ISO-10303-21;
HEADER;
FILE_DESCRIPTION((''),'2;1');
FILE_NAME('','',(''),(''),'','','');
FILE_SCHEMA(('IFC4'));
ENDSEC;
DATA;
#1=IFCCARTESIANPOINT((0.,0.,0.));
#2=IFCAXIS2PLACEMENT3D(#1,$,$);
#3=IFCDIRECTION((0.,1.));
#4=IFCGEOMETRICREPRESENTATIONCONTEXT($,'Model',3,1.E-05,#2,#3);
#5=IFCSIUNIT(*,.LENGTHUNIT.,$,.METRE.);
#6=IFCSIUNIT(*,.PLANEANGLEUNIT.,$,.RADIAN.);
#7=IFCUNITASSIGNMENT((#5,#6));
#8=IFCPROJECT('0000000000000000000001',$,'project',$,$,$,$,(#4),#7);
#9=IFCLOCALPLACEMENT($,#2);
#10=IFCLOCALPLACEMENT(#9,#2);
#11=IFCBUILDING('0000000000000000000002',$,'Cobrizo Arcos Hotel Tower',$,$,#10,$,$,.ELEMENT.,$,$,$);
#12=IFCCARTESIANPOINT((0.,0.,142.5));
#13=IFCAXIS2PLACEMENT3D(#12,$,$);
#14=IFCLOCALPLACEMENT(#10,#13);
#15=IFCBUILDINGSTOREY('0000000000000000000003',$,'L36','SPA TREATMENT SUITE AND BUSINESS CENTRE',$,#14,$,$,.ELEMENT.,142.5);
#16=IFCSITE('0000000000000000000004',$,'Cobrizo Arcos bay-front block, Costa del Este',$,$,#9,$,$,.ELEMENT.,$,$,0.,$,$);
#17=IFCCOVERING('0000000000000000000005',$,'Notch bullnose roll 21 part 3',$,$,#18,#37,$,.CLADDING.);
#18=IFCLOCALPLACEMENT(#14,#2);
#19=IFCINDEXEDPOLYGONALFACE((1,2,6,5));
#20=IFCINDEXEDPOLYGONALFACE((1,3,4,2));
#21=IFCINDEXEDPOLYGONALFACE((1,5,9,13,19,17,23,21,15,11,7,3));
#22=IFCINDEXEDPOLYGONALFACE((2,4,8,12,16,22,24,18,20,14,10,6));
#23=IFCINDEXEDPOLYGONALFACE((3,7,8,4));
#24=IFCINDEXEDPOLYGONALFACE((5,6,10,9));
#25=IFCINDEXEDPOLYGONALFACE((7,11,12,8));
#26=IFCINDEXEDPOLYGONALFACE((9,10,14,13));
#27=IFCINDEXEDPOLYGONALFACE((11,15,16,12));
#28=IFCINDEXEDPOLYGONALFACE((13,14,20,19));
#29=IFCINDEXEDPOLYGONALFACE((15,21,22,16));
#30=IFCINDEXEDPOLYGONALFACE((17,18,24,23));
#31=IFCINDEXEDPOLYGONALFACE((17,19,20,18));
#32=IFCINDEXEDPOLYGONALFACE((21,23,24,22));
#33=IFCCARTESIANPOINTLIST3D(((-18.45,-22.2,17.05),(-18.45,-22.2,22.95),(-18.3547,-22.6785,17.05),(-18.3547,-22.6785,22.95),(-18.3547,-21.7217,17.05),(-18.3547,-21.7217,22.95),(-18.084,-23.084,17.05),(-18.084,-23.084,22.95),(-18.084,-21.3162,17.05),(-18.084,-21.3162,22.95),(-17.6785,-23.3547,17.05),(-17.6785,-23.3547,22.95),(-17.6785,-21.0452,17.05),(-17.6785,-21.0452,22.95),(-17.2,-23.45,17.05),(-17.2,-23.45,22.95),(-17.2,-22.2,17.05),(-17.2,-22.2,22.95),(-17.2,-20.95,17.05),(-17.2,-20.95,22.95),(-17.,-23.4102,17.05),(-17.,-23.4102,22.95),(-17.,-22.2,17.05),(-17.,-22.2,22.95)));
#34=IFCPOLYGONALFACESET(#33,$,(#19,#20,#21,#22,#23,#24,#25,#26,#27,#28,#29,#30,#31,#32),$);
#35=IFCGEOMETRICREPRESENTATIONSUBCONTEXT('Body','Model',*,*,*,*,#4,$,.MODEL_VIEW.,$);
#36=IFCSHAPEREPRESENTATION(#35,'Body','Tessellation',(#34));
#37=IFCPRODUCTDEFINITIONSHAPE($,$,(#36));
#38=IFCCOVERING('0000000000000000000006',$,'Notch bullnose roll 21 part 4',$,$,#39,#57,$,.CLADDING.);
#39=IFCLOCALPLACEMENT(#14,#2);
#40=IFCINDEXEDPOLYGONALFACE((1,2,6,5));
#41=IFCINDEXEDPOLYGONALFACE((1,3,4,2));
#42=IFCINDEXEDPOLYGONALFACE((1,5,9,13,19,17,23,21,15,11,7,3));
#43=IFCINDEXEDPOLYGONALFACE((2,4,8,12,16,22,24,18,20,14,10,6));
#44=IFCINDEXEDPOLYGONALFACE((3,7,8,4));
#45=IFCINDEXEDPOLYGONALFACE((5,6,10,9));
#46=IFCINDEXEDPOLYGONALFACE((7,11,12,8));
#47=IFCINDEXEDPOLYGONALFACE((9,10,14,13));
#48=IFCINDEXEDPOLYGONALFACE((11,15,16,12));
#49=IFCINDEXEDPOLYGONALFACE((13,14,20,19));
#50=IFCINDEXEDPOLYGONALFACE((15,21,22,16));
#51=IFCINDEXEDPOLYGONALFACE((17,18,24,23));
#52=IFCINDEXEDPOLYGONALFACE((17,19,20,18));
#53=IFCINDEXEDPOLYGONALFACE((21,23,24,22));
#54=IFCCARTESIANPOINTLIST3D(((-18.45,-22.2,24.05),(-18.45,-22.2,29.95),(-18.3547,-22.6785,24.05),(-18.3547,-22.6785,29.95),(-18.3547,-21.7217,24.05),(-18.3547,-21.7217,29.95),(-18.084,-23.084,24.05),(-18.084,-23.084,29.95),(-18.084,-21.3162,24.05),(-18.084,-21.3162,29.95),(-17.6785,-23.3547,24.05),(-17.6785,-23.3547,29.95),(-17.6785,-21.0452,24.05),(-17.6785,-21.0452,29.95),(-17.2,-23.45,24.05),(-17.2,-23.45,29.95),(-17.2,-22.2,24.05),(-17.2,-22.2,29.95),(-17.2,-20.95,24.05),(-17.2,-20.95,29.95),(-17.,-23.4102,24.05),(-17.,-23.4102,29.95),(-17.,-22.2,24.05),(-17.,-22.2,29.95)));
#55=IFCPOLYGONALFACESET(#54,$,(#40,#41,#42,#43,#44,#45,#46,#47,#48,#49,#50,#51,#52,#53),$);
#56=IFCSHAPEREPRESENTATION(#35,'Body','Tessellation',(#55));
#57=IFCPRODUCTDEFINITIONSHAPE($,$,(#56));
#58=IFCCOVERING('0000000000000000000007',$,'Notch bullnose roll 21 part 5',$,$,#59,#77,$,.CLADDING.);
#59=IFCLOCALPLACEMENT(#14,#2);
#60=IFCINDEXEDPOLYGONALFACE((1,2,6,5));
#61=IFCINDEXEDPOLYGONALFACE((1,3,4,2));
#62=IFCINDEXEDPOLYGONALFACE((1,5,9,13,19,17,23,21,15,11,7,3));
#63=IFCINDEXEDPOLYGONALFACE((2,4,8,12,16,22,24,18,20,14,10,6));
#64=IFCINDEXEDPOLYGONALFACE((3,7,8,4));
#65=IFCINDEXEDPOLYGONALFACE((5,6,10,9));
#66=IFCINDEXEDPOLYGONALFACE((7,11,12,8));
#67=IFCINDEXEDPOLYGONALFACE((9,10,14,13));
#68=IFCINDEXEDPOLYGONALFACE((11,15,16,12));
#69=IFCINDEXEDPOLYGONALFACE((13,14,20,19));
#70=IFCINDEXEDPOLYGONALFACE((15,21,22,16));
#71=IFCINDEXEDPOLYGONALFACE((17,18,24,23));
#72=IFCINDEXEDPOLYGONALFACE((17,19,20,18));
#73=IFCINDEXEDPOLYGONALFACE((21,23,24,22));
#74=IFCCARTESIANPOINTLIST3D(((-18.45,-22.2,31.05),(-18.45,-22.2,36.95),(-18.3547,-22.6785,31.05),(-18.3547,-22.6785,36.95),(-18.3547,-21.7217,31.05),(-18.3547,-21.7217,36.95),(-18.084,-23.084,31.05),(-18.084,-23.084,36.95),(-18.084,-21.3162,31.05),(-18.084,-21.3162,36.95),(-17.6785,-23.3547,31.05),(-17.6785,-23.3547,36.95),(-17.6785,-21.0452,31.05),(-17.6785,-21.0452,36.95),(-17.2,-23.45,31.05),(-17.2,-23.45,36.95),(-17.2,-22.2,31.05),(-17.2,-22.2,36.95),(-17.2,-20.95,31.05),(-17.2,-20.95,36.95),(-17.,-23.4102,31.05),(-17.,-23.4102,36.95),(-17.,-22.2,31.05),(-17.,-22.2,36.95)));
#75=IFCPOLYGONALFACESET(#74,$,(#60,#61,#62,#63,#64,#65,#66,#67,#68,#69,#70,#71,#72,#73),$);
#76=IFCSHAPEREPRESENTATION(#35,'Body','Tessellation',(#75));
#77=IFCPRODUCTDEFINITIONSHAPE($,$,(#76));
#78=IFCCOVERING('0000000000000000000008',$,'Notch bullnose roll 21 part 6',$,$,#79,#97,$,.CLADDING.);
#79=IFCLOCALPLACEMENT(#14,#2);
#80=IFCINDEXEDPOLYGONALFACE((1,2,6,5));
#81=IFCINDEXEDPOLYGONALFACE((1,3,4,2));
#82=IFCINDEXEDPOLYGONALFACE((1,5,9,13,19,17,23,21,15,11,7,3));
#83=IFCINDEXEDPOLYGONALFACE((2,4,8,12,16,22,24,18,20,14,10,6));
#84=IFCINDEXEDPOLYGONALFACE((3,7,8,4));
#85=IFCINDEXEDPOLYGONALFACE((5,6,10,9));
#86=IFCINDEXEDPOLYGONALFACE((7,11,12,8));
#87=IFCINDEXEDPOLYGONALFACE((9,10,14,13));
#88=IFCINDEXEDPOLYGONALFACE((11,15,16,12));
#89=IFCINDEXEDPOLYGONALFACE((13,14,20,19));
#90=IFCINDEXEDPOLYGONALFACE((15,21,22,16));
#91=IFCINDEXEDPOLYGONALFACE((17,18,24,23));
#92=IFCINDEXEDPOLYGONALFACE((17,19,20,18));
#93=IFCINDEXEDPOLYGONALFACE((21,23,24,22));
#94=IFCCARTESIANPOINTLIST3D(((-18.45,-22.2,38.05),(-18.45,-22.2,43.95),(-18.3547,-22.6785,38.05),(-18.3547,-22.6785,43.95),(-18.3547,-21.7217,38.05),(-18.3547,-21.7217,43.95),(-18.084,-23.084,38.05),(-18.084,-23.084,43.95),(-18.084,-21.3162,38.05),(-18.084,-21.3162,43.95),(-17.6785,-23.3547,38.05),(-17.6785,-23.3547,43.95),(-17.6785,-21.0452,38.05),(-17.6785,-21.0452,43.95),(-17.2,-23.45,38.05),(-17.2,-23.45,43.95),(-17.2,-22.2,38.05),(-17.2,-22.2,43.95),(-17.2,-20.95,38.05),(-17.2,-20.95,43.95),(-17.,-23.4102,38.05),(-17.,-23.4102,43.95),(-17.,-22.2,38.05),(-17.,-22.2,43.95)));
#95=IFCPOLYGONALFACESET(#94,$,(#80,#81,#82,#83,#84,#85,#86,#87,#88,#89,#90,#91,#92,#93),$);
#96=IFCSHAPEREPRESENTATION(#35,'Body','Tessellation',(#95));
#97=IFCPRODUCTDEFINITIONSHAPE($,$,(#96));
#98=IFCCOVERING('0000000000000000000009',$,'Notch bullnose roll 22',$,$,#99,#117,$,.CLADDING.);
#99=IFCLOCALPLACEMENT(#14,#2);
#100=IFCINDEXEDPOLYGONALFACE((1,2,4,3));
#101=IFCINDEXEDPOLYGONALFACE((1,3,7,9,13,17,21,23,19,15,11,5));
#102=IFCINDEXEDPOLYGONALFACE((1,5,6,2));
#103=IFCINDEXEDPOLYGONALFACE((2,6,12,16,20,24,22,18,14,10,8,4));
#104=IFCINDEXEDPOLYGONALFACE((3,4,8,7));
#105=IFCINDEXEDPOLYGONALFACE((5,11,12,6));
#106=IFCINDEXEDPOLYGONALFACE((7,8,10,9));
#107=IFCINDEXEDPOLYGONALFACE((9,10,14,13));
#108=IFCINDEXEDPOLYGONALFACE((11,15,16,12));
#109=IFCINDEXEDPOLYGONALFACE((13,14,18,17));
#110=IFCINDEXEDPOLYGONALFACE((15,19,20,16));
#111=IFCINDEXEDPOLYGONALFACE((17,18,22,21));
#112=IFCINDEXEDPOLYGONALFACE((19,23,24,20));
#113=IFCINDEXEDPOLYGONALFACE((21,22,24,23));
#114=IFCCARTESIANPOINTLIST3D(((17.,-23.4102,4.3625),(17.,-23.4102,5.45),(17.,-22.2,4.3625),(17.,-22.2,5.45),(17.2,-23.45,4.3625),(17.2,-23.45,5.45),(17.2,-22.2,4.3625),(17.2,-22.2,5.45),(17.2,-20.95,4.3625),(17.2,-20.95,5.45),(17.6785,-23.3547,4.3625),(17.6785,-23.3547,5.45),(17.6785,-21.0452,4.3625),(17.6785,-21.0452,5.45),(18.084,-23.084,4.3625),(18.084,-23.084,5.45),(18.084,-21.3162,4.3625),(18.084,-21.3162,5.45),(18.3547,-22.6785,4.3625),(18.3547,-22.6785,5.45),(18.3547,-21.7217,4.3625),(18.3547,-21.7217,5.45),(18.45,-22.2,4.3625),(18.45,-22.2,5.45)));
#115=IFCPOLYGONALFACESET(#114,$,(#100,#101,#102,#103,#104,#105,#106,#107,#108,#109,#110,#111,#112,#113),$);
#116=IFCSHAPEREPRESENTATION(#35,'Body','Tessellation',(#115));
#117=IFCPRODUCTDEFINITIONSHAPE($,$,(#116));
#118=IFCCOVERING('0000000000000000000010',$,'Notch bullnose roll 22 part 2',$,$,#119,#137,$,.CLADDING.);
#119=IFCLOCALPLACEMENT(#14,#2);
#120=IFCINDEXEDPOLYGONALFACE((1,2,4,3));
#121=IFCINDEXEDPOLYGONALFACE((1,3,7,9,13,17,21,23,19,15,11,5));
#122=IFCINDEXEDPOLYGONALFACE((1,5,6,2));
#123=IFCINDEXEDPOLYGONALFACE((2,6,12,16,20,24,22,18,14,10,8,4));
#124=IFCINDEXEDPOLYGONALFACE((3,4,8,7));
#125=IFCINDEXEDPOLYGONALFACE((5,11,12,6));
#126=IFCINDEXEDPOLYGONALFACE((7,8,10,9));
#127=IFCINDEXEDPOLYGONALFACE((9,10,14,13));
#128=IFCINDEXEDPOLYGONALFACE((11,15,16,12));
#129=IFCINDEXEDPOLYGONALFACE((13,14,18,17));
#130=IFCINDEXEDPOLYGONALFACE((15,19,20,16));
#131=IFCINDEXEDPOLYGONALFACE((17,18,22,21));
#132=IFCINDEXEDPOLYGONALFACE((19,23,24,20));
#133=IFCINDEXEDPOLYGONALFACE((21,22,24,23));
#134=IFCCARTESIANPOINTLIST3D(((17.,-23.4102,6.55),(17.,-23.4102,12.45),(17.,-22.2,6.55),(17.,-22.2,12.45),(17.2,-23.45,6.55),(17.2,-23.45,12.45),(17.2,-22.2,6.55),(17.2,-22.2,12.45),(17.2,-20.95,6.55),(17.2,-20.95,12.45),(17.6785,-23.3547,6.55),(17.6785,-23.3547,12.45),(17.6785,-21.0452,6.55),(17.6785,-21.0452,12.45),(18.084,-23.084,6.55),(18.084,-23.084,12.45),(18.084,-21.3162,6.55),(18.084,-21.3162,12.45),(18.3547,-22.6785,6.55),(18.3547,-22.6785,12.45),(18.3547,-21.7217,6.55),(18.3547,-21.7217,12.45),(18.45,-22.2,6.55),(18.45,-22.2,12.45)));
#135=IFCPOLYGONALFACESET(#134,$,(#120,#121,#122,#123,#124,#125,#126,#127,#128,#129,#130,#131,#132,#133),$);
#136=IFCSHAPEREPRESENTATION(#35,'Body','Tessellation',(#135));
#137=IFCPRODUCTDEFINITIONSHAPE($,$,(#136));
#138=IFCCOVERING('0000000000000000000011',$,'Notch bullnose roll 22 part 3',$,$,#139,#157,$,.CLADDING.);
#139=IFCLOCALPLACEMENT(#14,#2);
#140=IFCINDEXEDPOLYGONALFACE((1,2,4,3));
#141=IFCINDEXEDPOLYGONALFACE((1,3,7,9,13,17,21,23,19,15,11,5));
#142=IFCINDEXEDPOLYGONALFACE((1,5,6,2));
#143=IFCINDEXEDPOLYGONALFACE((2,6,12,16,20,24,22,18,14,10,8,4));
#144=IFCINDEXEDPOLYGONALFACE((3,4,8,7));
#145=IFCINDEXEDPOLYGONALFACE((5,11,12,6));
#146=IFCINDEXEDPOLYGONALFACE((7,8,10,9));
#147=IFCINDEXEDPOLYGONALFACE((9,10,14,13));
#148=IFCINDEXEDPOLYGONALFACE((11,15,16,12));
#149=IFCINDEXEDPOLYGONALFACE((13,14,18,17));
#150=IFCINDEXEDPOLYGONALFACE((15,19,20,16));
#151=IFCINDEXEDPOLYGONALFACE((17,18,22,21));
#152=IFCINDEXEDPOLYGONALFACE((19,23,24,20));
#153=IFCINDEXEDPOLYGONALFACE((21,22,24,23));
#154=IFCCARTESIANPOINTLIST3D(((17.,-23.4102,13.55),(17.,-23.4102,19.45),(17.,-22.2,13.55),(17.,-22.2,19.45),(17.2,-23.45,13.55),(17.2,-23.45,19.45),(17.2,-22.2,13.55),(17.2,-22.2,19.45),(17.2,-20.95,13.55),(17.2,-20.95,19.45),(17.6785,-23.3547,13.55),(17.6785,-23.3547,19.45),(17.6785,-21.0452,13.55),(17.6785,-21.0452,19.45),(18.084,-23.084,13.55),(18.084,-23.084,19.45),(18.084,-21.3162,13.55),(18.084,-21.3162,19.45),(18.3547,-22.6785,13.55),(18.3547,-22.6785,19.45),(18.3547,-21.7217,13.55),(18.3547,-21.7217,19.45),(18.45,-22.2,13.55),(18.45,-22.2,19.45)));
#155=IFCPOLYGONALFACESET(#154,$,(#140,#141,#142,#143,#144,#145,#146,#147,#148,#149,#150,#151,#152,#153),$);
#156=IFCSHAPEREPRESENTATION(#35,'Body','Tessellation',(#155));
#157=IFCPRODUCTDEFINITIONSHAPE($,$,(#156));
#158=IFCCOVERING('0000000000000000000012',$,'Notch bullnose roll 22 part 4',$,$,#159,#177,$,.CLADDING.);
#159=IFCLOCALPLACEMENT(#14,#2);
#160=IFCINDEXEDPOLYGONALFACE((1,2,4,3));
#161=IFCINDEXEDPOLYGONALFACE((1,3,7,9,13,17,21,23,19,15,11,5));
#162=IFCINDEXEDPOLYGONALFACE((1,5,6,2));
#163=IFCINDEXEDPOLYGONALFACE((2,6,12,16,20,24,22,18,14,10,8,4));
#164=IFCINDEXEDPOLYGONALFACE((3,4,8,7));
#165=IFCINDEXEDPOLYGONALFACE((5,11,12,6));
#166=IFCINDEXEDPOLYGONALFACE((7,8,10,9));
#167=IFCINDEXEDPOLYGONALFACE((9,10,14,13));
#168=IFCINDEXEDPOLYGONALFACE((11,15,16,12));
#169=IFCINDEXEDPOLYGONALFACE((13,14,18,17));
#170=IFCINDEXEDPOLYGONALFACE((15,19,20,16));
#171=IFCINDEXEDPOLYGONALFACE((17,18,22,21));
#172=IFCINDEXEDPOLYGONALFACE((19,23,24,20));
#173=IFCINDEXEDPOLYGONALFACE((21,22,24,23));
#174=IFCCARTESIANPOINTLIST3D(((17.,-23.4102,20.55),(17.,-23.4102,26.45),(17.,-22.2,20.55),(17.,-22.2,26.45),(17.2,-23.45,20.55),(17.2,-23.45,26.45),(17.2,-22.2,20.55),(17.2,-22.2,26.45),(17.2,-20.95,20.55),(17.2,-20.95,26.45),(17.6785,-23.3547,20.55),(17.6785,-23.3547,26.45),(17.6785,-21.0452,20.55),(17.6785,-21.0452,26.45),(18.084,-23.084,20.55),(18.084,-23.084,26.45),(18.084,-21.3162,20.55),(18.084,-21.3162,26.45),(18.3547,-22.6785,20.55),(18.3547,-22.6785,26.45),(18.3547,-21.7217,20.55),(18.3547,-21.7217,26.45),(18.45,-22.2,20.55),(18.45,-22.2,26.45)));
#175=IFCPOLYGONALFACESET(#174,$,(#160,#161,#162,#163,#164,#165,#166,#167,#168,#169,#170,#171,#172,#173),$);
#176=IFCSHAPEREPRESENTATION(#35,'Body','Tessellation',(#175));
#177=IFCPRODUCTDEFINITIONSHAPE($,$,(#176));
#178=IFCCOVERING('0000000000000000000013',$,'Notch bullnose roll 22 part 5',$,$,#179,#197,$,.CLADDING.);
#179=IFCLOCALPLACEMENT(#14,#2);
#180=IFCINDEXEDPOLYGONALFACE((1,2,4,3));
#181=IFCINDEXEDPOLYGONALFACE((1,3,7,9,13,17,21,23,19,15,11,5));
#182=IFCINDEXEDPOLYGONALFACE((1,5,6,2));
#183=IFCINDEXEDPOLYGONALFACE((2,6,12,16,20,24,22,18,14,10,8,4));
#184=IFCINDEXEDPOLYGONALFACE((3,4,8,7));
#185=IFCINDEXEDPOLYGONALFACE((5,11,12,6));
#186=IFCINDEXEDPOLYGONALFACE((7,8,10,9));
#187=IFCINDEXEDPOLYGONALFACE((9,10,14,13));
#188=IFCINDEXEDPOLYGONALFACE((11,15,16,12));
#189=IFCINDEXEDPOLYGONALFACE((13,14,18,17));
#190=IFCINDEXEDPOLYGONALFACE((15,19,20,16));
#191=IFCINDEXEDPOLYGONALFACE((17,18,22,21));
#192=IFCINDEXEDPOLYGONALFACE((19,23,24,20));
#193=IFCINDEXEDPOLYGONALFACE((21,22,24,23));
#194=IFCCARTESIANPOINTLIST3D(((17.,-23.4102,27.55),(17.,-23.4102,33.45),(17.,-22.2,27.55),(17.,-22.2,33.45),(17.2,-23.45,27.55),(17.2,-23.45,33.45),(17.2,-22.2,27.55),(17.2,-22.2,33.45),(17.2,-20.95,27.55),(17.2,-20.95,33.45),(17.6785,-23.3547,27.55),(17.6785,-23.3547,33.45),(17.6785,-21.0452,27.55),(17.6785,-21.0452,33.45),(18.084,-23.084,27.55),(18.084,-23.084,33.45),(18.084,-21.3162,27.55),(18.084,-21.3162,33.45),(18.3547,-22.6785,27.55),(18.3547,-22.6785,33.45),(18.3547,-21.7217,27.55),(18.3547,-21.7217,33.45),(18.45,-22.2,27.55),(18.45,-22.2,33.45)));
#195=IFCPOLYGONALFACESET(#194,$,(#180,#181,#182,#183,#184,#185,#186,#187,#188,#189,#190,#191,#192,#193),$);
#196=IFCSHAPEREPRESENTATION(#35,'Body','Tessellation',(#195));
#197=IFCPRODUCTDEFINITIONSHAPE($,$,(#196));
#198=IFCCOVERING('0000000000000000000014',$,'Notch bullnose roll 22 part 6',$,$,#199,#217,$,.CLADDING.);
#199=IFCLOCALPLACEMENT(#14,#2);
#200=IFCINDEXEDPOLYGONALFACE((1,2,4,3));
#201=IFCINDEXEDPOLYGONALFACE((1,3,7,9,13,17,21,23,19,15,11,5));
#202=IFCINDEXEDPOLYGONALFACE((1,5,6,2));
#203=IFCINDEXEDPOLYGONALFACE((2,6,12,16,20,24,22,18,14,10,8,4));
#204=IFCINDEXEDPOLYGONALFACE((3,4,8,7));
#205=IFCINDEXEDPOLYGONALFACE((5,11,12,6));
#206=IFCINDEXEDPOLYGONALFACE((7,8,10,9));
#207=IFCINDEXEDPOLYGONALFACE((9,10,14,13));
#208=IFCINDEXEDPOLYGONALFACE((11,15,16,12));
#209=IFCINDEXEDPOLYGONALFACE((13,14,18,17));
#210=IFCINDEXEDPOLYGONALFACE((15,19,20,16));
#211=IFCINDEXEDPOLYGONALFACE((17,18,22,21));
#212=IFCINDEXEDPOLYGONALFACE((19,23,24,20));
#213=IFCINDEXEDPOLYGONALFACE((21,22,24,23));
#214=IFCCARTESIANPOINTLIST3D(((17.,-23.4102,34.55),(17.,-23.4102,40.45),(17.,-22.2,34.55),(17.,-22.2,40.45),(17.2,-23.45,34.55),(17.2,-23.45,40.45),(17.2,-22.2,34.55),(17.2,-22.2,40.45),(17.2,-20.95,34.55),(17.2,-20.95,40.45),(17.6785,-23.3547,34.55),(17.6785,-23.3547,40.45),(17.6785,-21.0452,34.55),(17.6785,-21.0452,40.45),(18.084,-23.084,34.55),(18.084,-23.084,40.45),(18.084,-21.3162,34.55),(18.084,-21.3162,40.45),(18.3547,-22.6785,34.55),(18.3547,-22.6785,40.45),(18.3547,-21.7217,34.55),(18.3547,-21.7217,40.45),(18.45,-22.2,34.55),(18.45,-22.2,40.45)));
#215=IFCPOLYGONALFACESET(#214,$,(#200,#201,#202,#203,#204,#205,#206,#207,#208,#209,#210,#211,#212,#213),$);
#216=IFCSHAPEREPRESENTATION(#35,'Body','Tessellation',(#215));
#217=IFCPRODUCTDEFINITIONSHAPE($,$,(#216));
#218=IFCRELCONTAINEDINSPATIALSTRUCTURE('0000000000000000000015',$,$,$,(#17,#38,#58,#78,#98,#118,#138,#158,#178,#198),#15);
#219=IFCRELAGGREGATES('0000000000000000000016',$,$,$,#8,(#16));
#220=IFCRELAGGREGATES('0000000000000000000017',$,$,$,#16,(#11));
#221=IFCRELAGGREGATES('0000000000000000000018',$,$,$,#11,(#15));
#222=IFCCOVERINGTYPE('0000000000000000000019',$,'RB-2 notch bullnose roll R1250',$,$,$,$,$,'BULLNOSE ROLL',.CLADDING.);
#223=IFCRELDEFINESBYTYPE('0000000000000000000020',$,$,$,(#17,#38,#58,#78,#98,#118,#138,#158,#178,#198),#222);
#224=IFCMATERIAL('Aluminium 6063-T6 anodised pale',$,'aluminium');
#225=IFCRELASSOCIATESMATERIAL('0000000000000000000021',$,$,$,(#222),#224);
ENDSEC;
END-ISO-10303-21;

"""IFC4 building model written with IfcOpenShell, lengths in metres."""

from ifc_helpers import new_model, si_unit, direction, frame, origin, place, context, subcontext, project, spatial, polyline, outline, extrude, material, type_object, element, save


model = new_model("IFC4")

# Units and contexts
model_context = context("Model", 3, precision=1e-05, world=origin(), true_north=direction((0.0, 1.0)))
body_context = subcontext(model_context, "Body", "Model", "MODEL_VIEW")
ifc_project = project(units=[si_unit("LENGTHUNIT", "METRE"), si_unit("PLANEANGLEUNIT", "RADIAN")], contexts=[model_context])

# Site, building, storey
site_placement = place(None, origin())
site = spatial("IfcSite", under=ifc_project, at=site_placement, Name="Cobrizo Arcos bay-front block, Costa del Este", CompositionType="ELEMENT", RefElevation=0.0)
building_placement = place(site_placement, origin())
building = spatial("IfcBuilding", under=site, at=building_placement, Name="Cobrizo Arcos Hotel Tower", CompositionType="ELEMENT")
storey_placement = place(building_placement, frame((0.0, 0.0, 142.5)))
storey = spatial("IfcBuildingStorey", under=building, at=storey_placement, Name="L36", Description="SPA TREATMENT SUITE AND BUSINESS CENTRE", CompositionType="ELEMENT", Elevation=142.5)

# Coverings
ifc_material_1 = material(Name="Aluminium 6063-T6 anodised pale", Category="aluminium")
covering_type = type_object("IfcCoveringType", Name="RB-2 notch bullnose roll R1250", ElementType="BULLNOSE ROLL", PredefinedType="CLADDING", material=ifc_material_1)
for number, where, name in (
    (1, (0.0, 0.0, 17.05), "Notch bullnose roll 21 part 3"),
    (2, (0.0, 0.0, 24.05), "Notch bullnose roll 21 part 4"),
    (3, (0.0, 0.0, 31.05), "Notch bullnose roll 21 part 5"),
    (4, (0.0, 0.0, 38.05), "Notch bullnose roll 21 part 6"),
):
    element("IfcCovering", number, at=place(storey_placement, frame(where)), inside=storey, type_object=covering_type, Name=name, PredefinedType="CLADDING", context=body_context, shape_type="SweptSolid", body=[
        extrude(outline(polyline([(-18.084, -21.3162), (-18.3547, -21.7217), (-18.45, -22.2), (-18.3547, -22.6785), (-18.084, -23.084), (-17.6785, -23.3547), (-17.2, -23.45), (-17.0, -23.4102), (-17.0, -22.2), (-17.2, -22.2), (-17.2, -20.95), (-17.6785, -21.0452), (-18.084, -21.3162)])), origin(), (0.0, 0.0, 1.0), 5.8999),
    ])
covering_1_placement = place(storey_placement, frame((0.0, 0.0, 4.3625)))
element("IfcCovering", 5, at=covering_1_placement, inside=storey, type_object=covering_type, Name="Notch bullnose roll 22", PredefinedType="CLADDING", context=body_context, shape_type="SweptSolid", body=[
    extrude(outline(polyline([(18.084, -21.3162), (17.6785, -21.0452), (17.2, -20.95), (17.2, -22.2), (17.0, -22.2), (17.0, -23.4102), (17.2, -23.45), (17.6785, -23.3547), (18.084, -23.084), (18.3547, -22.6785), (18.45, -22.2), (18.3547, -21.7217), (18.084, -21.3162)])), origin(), (0.0, 0.0, 1.0), 1.0874),
])
for number, where, name in (
    (6, (0.0, 0.0, 6.55), "Notch bullnose roll 22 part 2"),
    (7, (0.0, 0.0, 13.55), "Notch bullnose roll 22 part 3"),
    (8, (0.0, 0.0, 20.55), "Notch bullnose roll 22 part 4"),
    (9, (0.0, 0.0, 27.55), "Notch bullnose roll 22 part 5"),
    (10, (0.0, 0.0, 34.55), "Notch bullnose roll 22 part 6"),
):
    element("IfcCovering", number, at=place(storey_placement, frame(where)), inside=storey, type_object=covering_type, Name=name, PredefinedType="CLADDING", context=body_context, shape_type="SweptSolid", body=[
        extrude(outline(polyline([(18.084, -21.3162), (17.6785, -21.0452), (17.2, -20.95), (17.2, -22.2), (17.0, -22.2), (17.0, -23.4102), (17.2, -23.45), (17.6785, -23.3547), (18.084, -23.084), (18.3547, -22.6785), (18.45, -22.2), (18.3547, -21.7217), (18.084, -21.3162)])), origin(), (0.0, 0.0, 1.0), 5.8999),
    ])

save(model, "model.ifc")
